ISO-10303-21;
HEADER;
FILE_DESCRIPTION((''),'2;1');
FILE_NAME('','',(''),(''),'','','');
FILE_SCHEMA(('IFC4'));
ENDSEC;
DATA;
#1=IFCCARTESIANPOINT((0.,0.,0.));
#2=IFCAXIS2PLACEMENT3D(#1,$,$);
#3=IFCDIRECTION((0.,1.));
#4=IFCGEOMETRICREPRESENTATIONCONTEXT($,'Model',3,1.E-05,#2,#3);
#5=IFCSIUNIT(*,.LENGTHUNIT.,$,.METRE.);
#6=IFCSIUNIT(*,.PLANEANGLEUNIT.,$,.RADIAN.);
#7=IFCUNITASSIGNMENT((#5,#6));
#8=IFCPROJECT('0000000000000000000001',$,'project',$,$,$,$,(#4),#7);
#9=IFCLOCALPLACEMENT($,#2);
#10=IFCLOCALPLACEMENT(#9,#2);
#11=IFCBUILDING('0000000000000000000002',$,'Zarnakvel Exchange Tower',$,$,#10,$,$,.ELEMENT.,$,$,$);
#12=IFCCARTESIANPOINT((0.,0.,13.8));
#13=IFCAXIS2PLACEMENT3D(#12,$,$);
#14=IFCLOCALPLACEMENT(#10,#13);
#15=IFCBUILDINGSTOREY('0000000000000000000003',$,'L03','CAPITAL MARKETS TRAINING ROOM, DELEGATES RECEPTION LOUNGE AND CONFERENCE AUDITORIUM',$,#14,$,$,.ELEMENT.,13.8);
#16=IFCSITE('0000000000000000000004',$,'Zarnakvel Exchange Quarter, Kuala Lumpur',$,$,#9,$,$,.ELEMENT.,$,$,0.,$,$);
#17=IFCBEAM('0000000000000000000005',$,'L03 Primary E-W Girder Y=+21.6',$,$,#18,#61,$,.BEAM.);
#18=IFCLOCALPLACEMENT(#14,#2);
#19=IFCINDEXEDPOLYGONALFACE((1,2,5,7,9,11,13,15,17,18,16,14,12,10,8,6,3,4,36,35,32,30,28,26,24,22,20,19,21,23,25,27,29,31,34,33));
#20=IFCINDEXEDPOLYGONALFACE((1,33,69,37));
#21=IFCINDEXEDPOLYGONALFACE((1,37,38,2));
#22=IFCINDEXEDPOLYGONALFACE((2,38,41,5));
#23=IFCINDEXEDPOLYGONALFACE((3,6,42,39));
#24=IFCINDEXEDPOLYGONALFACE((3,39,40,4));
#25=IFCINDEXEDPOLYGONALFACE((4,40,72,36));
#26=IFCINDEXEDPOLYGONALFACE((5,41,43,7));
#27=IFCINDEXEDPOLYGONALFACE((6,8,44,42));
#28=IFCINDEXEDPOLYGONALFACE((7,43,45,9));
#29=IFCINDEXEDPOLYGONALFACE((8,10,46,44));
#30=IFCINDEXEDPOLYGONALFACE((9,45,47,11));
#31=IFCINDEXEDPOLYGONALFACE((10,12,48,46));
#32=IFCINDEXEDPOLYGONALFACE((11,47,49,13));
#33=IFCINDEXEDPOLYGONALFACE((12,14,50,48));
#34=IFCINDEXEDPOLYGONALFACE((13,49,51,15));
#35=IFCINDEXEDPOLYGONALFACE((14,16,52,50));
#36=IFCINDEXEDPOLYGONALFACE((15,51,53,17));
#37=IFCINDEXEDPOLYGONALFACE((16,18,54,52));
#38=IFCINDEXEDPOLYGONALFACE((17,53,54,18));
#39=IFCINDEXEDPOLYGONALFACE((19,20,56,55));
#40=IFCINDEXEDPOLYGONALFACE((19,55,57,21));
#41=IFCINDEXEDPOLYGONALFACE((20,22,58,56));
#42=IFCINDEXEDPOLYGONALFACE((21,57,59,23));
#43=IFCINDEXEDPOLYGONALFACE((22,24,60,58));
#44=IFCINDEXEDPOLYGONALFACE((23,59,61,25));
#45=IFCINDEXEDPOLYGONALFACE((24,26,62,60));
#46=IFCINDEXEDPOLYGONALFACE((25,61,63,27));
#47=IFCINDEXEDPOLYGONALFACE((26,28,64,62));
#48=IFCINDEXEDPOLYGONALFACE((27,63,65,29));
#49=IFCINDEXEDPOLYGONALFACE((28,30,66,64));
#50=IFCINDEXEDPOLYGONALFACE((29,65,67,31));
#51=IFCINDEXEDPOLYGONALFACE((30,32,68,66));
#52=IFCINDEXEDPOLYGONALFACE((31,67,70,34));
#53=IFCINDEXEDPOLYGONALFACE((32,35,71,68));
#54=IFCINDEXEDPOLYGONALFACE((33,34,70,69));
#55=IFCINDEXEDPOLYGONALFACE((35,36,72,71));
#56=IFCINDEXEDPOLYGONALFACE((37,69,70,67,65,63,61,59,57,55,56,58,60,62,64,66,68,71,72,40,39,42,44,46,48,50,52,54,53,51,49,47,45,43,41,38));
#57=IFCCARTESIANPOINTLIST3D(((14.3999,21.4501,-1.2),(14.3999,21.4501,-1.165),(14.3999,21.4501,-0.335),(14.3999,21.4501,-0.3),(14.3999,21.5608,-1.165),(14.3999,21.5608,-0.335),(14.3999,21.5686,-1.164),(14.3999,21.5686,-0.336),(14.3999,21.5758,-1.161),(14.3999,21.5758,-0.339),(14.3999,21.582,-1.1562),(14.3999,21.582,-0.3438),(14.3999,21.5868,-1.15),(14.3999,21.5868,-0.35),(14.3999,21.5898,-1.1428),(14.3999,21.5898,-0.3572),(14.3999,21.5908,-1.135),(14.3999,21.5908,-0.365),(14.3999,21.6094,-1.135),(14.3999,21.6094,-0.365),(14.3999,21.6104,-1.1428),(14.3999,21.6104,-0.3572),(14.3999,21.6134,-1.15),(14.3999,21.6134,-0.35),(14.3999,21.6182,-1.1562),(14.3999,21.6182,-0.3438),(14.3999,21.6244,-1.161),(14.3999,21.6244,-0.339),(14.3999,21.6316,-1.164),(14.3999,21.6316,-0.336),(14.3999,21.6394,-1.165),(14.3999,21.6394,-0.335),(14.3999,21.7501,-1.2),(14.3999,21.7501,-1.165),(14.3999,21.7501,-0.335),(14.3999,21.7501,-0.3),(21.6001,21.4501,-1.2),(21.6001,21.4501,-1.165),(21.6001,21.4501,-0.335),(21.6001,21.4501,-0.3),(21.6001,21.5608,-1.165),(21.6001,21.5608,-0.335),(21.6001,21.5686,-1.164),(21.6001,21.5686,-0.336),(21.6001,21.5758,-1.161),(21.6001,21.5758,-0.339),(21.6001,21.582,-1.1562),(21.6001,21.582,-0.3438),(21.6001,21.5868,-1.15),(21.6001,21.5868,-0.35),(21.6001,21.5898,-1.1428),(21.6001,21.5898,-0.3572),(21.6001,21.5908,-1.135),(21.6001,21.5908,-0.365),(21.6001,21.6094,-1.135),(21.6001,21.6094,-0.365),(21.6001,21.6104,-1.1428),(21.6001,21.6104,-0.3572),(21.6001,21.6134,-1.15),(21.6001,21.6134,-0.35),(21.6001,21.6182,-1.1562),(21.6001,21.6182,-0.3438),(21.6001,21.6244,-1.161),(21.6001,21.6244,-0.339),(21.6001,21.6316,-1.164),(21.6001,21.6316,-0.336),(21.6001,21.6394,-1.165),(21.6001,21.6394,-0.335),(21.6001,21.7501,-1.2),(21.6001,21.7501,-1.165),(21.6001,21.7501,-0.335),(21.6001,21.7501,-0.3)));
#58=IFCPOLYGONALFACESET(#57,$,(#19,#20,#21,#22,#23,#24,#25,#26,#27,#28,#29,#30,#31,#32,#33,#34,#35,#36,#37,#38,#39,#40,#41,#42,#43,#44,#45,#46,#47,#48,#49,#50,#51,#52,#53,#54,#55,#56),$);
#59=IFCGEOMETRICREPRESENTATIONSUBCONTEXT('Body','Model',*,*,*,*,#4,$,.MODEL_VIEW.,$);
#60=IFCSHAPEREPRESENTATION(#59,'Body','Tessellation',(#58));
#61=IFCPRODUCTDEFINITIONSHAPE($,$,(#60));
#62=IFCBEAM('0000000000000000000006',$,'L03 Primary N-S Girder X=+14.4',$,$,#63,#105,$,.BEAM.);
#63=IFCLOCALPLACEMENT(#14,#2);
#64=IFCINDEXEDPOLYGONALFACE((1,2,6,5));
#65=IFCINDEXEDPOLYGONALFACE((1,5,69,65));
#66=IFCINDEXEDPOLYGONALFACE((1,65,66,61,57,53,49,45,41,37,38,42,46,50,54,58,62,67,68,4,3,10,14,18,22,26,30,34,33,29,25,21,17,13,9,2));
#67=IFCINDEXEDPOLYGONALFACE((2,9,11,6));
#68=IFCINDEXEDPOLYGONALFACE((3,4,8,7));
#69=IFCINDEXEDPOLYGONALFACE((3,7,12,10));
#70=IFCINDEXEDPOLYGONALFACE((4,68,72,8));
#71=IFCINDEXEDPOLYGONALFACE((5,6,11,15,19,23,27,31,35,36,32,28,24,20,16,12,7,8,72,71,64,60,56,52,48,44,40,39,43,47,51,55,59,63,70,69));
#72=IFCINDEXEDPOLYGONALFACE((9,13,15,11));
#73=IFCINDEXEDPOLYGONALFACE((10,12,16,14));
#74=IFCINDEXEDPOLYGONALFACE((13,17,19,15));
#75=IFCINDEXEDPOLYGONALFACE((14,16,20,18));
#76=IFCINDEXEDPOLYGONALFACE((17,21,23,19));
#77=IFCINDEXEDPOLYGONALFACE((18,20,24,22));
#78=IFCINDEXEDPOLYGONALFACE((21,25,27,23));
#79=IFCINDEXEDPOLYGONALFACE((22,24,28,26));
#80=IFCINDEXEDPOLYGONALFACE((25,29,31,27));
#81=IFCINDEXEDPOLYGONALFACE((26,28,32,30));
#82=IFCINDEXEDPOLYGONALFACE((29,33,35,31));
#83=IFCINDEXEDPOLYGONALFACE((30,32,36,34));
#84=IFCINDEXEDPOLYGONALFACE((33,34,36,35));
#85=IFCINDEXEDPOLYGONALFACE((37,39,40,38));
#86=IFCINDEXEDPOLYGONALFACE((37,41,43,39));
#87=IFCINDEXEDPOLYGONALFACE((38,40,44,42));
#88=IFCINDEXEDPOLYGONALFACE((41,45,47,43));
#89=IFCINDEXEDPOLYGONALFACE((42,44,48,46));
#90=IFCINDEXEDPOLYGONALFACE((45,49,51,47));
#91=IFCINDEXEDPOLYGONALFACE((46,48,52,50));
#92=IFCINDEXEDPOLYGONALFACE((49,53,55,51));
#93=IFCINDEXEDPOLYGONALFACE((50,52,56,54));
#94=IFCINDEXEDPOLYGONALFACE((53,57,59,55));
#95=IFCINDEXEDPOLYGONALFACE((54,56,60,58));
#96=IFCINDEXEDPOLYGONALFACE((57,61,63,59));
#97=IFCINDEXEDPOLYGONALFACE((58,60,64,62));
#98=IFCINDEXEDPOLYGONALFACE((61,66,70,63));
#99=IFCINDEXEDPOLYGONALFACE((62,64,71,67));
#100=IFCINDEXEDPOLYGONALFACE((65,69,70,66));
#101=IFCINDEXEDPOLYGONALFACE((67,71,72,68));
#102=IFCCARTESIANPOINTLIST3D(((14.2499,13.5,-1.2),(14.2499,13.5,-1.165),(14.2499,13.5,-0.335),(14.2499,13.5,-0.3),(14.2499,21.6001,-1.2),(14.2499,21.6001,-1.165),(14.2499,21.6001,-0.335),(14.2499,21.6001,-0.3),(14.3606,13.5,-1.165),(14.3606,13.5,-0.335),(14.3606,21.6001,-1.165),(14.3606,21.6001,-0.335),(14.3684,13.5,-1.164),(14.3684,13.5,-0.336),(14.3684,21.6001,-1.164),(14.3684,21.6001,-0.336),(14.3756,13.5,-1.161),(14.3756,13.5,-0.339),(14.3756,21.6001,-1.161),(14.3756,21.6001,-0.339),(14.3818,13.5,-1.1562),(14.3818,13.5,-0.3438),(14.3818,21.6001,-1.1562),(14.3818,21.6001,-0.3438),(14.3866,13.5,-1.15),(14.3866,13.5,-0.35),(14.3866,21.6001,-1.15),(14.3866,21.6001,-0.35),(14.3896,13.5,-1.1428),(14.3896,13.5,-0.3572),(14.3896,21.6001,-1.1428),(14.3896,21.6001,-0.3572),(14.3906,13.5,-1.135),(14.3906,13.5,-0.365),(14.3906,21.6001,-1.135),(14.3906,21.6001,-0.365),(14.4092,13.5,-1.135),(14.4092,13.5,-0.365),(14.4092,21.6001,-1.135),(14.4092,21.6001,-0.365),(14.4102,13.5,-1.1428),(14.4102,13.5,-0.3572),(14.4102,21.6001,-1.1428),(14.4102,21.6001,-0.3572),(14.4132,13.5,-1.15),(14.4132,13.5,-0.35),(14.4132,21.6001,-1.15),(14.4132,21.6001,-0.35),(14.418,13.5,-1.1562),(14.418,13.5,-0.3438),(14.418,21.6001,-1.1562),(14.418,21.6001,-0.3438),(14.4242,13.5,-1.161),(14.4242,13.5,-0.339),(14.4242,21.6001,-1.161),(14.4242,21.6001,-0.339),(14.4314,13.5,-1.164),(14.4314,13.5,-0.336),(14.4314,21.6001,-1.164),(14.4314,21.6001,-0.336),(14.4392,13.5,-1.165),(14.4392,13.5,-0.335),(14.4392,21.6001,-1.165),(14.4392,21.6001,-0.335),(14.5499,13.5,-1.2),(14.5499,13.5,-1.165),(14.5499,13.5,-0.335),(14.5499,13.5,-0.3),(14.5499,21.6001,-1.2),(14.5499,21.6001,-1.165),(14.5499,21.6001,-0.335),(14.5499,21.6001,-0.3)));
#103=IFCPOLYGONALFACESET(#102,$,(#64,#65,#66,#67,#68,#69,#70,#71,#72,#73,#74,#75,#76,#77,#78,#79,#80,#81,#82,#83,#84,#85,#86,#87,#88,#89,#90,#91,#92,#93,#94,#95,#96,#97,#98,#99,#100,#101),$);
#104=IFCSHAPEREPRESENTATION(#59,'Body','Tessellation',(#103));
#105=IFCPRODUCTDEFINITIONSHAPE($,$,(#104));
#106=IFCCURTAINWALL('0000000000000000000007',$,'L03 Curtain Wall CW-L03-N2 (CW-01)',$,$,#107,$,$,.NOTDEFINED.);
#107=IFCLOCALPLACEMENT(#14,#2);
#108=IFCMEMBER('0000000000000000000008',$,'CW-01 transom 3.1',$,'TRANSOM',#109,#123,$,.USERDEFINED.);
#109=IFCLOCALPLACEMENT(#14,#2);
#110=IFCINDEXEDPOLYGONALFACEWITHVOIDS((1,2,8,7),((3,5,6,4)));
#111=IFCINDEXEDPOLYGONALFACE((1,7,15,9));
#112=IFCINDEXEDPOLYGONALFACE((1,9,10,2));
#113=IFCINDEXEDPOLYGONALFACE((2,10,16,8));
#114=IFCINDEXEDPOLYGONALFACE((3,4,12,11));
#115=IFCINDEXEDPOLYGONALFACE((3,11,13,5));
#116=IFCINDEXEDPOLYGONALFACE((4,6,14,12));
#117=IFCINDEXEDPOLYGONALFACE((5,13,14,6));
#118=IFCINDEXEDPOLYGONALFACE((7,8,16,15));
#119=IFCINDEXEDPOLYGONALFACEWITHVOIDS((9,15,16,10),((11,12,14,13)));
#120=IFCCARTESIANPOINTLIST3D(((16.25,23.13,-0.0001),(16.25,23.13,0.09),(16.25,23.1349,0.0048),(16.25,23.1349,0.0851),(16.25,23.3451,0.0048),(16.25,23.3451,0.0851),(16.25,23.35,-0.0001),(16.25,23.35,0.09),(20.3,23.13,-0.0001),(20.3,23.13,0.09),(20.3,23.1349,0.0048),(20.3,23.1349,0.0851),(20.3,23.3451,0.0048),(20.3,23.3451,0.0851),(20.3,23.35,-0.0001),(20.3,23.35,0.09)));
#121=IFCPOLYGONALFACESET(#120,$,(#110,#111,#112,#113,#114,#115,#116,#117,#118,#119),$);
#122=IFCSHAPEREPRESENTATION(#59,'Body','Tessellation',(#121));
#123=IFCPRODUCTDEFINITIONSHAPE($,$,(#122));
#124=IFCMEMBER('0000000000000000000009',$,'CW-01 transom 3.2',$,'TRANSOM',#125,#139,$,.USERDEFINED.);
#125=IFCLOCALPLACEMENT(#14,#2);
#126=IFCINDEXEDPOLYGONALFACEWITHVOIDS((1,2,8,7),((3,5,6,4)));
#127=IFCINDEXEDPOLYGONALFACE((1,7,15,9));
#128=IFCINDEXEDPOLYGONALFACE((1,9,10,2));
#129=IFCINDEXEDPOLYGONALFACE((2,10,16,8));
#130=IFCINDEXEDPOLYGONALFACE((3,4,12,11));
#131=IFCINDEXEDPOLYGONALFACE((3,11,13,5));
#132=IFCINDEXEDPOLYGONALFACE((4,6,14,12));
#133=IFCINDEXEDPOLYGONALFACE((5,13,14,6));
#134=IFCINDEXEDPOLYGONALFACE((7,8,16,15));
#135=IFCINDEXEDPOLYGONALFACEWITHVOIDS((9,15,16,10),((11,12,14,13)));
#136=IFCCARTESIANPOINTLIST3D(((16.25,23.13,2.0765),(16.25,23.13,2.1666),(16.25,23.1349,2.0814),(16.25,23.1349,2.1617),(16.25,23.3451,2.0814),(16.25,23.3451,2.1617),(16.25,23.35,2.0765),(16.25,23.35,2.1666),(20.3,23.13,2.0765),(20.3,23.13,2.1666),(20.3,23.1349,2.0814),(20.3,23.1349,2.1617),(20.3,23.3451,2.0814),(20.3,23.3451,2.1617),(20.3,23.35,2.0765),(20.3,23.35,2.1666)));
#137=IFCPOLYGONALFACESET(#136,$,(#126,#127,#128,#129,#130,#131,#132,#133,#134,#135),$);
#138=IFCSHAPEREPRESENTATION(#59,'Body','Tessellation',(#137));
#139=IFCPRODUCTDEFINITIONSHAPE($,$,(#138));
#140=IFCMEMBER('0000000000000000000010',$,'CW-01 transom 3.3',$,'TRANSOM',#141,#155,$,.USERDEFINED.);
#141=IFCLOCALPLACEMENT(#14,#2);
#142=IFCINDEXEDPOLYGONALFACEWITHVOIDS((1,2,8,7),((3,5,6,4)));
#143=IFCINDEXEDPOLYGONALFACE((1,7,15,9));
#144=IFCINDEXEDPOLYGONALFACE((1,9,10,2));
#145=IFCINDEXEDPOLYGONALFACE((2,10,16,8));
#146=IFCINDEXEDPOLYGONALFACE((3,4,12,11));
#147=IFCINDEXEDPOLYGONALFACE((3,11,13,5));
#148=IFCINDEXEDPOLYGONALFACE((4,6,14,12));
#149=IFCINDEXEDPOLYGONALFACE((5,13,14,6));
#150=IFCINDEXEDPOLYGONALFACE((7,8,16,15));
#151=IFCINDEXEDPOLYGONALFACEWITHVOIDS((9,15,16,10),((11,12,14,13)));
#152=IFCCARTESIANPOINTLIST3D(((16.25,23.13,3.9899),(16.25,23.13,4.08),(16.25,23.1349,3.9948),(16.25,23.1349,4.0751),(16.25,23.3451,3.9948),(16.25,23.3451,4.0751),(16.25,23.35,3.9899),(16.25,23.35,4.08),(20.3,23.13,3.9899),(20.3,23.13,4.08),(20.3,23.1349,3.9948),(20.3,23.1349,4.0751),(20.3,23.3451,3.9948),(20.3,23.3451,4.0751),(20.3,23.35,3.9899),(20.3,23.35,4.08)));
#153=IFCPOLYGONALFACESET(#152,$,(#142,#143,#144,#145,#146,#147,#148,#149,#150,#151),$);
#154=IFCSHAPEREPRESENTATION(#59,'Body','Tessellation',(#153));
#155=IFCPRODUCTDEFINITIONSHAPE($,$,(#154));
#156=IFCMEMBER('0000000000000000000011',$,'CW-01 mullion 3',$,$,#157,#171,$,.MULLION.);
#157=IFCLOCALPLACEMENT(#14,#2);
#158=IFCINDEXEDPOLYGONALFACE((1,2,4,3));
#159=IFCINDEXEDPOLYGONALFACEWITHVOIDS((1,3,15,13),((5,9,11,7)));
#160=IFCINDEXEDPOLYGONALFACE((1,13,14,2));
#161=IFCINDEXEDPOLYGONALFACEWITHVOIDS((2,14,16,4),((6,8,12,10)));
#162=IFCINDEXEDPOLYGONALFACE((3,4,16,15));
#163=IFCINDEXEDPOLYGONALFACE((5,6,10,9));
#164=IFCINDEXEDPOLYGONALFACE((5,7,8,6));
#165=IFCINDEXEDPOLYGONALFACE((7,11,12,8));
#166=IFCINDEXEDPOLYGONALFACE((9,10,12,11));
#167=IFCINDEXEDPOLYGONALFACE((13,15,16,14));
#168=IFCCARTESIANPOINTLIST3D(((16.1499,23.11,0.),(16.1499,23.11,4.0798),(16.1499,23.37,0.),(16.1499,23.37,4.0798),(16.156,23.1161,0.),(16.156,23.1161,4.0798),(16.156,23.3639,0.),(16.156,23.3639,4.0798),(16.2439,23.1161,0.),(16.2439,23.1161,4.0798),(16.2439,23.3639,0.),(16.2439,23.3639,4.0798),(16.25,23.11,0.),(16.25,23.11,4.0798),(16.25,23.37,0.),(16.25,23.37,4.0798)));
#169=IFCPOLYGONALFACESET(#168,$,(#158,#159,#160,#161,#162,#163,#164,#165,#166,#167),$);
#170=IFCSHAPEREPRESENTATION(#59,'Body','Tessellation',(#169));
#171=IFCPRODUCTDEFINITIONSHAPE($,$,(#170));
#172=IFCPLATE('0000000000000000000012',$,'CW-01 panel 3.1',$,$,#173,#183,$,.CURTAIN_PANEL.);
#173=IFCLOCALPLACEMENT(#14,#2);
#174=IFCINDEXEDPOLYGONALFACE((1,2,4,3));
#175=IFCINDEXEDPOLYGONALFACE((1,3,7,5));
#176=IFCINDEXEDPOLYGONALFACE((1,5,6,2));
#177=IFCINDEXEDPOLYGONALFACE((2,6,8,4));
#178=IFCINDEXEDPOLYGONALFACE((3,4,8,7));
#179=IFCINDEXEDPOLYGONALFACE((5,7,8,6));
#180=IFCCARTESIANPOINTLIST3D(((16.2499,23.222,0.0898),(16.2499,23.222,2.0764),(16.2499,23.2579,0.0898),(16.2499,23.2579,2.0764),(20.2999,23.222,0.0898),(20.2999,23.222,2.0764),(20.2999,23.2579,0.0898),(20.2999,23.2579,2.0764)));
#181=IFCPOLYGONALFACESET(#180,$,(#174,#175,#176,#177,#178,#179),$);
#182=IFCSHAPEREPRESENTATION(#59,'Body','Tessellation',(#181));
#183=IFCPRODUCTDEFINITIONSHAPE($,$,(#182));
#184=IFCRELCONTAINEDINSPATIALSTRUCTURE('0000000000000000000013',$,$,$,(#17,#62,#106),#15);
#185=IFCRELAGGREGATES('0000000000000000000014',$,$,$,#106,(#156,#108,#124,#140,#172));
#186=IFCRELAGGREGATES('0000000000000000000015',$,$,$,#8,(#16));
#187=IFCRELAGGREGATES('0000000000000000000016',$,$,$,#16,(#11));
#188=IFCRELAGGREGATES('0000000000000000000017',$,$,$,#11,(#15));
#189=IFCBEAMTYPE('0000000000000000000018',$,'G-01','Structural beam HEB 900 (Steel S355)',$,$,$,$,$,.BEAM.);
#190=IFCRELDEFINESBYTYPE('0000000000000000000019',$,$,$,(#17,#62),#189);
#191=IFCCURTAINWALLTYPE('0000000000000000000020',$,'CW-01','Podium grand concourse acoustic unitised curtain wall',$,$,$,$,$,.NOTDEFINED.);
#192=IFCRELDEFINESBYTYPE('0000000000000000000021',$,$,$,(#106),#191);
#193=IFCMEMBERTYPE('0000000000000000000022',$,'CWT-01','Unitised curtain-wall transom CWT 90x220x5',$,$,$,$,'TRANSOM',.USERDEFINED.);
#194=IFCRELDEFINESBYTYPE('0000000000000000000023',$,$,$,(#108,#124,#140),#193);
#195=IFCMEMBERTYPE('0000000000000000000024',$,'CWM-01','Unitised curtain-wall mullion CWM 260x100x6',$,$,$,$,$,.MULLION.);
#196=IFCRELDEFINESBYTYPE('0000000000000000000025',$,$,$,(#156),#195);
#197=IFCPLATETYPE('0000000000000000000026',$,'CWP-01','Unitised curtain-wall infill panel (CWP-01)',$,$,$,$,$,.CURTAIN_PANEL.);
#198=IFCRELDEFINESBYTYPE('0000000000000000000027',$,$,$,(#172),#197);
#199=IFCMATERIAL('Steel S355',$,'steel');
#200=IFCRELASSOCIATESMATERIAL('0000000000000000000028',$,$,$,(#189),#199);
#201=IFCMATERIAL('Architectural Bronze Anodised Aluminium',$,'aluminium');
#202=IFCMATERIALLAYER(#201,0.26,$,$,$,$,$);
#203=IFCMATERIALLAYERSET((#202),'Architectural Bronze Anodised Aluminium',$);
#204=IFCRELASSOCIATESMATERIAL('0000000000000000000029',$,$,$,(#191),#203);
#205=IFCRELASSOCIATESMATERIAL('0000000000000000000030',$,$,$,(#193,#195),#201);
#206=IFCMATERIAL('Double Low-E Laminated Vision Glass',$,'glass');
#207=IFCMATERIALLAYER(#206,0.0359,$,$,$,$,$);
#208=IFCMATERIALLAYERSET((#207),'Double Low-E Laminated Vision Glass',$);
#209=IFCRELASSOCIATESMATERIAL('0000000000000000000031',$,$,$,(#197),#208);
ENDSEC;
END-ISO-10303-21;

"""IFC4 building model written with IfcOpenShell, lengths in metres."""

from ifc_helpers import new_model, si_unit, direction, frame, origin, origin_2d, place, context, subcontext, project, spatial, rectangle, hollow_rectangle, i_section, extrude, source, transform, mapped, material, layer, layer_set, material_profile, profile_set, type_object, element, aggregate, save


model = new_model("IFC4")

# Units and contexts
model_context = context("Model", 3, precision=1e-05, world=origin(), true_north=direction((0.0, 1.0)))
body_context = subcontext(model_context, "Body", "Model", "MODEL_VIEW")
ifc_project = project(units=[si_unit("LENGTHUNIT", "METRE"), si_unit("PLANEANGLEUNIT", "RADIAN")], contexts=[model_context])

# Site, building, storey
site_placement = place(None, origin())
site = spatial("IfcSite", under=ifc_project, at=site_placement, Name="Zarnakvel Exchange Quarter, Kuala Lumpur", CompositionType="ELEMENT", RefElevation=0.0)
building_placement = place(site_placement, origin())
building = spatial("IfcBuilding", under=site, at=building_placement, Name="Zarnakvel Exchange Tower", CompositionType="ELEMENT")
storey_placement = place(building_placement, frame((0.0, 0.0, 13.8)))
storey = spatial("IfcBuildingStorey", under=building, at=storey_placement, Name="L03", Description="CAPITAL MARKETS TRAINING ROOM, DELEGATES RECEPTION LOUNGE AND CONFERENCE AUDITORIUM", CompositionType="ELEMENT", Elevation=13.8)

# Beams
ifc_material_1 = material(Name="Steel S355", Category="steel")
ifc_material_profile_1 = material_profile(ifc_material_1, i_section(OverallWidth=0.3, OverallDepth=0.8999, WebThickness=0.0186, FlangeThickness=0.0349, FilletRadius=0.03, at=origin_2d()))
ifc_profile_set_1 = profile_set([ifc_material_profile_1], Name="Steel S355")
beam_type_1 = type_object("IfcBeamType", Name="G-01", Description="Structural beam HEB 900 (Steel S355)", PredefinedType="BEAM", material=ifc_profile_set_1)
for number, where, z_axis, x_axis, name in (
    (1, (14.3999, 21.6001, -0.75), (1.0, 0.0, 0.0), (0.0, 1.0, 0.0), "L03 Primary E-W Girder Y=+21.6"),
):
    element("IfcBeam", number, at=place(storey_placement, frame(where, z_axis=z_axis, x_axis=x_axis)), inside=storey, type_object=beam_type_1, Name=name, PredefinedType="BEAM", context=body_context, shape_type="SweptSolid", body=[
        extrude(i_section(OverallWidth=0.3, OverallDepth=0.8999, WebThickness=0.0186, FlangeThickness=0.0349, FilletRadius=0.03, at=origin_2d()), origin(), (0.0, 0.0, 1.0), 7.2002),
    ])
beam_1_placement = place(storey_placement, frame((14.3999, 13.5, -0.75), z_axis=(0.0, 1.0, 0.0), x_axis=(-1.0, 0.0, 0.0)))
element("IfcBeam", 2, at=beam_1_placement, inside=storey, type_object=beam_type_1, Name="L03 Primary N-S Girder X=+14.4", PredefinedType="BEAM", context=body_context, shape_type="SweptSolid", body=[
    extrude(i_section(OverallWidth=0.3, OverallDepth=0.8999, WebThickness=0.0186, FlangeThickness=0.0349, FilletRadius=0.03, at=origin_2d()), origin(), (0.0, 0.0, 1.0), 8.1001),
])

# Curtain wall, members, plate
ifc_material_2 = material(Name="Architectural Bronze Anodised Aluminium", Category="aluminium")
ifc_layer_1 = layer(ifc_material_2, 0.26)
ifc_layer_set_1 = layer_set([ifc_layer_1], Name="Architectural Bronze Anodised Aluminium")
curtain_wall_type = type_object("IfcCurtainWallType", Name="CW-01", Description="Podium grand concourse acoustic unitised curtain wall", PredefinedType="NOTDEFINED", material=ifc_layer_set_1)
curtain_wall_placement = place(storey_placement, origin())
curtain_wall = element("IfcCurtainWall", 3, at=curtain_wall_placement, inside=storey, type_object=curtain_wall_type, Name="L03 Curtain Wall CW-L03-N2 (CW-01)", PredefinedType="NOTDEFINED")
ifc_material_profile_2 = material_profile(ifc_material_2, hollow_rectangle(XDim=0.22, YDim=0.0901, WallThickness=0.0049, at=origin_2d()))
ifc_profile_set_2 = profile_set([ifc_material_profile_2], Name="Architectural Bronze Anodised Aluminium")
member_type_1 = type_object("IfcMemberType", Name="CWT-01", Description="Unitised curtain-wall transom CWT 90x220x5", ElementType="TRANSOM", PredefinedType="USERDEFINED", material=ifc_profile_set_2)
shared_shape_1 = source(origin(), body_context, "Body", "SweptSolid", [
    extrude(hollow_rectangle(XDim=0.22, YDim=0.0901, WallThickness=0.0049, at=origin_2d()), origin(), (0.0, 0.0, 1.0), 4.05),
])
member_1_placement = place(storey_placement, frame((16.25, 23.24, 0.0449), z_axis=(1.0, 0.0, 0.0), x_axis=(0.0, 1.0, 0.0)))
member_1 = element("IfcMember", 4, at=member_1_placement, type_object=member_type_1, Name="CW-01 transom 3.1", ObjectType="TRANSOM", PredefinedType="USERDEFINED", context=body_context, shape_type="MappedRepresentation", body=[
    mapped(shared_shape_1, transform((0.0, 0.0, 0.0), x_axis=(1.0, 0.0, 0.0), y_axis=(0.0, 1.0, 0.0), z_axis=(0.0, 0.0, 1.0), scale=1.0)),
])
member_2_placement = place(storey_placement, frame((16.25, 23.24, 2.1216), z_axis=(1.0, 0.0, 0.0), x_axis=(0.0, 1.0, 0.0)))
member_2 = element("IfcMember", 5, at=member_2_placement, type_object=member_type_1, Name="CW-01 transom 3.2", ObjectType="TRANSOM", PredefinedType="USERDEFINED", context=body_context, shape_type="MappedRepresentation", body=[
    mapped(shared_shape_1, transform((0.0, 0.0, 0.0), x_axis=(1.0, 0.0, 0.0), y_axis=(0.0, 1.0, 0.0), z_axis=(0.0, 0.0, 1.0), scale=1.0)),
])
member_3_placement = place(storey_placement, frame((16.25, 23.24, 4.0349), z_axis=(1.0, 0.0, 0.0), x_axis=(0.0, 1.0, 0.0)))
member_3 = element("IfcMember", 6, at=member_3_placement, type_object=member_type_1, Name="CW-01 transom 3.3", ObjectType="TRANSOM", PredefinedType="USERDEFINED", context=body_context, shape_type="MappedRepresentation", body=[
    mapped(shared_shape_1, transform((0.0, 0.0, 0.0), x_axis=(1.0, 0.0, 0.0), y_axis=(0.0, 1.0, 0.0), z_axis=(0.0, 0.0, 1.0), scale=1.0)),
])
ifc_material_profile_3 = material_profile(ifc_material_2, hollow_rectangle(XDim=0.26, YDim=0.1001, WallThickness=0.0061, at=origin_2d()))
ifc_profile_set_3 = profile_set([ifc_material_profile_3], Name="Architectural Bronze Anodised Aluminium")
member_type_2 = type_object("IfcMemberType", Name="CWM-01", Description="Unitised curtain-wall mullion CWM 260x100x6", PredefinedType="MULLION", material=ifc_profile_set_3)
shared_shape_2 = source(origin(), body_context, "Body", "SweptSolid", [
    extrude(hollow_rectangle(XDim=0.26, YDim=0.1001, WallThickness=0.0061, at=origin_2d()), origin(), (0.0, 0.0, 1.0), 4.0798),
])
member_4_placement = place(storey_placement, frame((16.2, 23.24, 0.0), z_axis=(0.0, 0.0, 1.0), x_axis=(0.0, 1.0, 0.0)))
member_4 = element("IfcMember", 7, at=member_4_placement, type_object=member_type_2, Name="CW-01 mullion 3", PredefinedType="MULLION", context=body_context, shape_type="MappedRepresentation", body=[
    mapped(shared_shape_2, transform((0.0, 0.0, 0.0), x_axis=(1.0, 0.0, 0.0), y_axis=(0.0, 1.0, 0.0), z_axis=(0.0, 0.0, 1.0), scale=1.0)),
])
ifc_material_3 = material(Name="Double Low-E Laminated Vision Glass", Category="glass")
ifc_layer_2 = layer(ifc_material_3, 0.0359)
ifc_layer_set_2 = layer_set([ifc_layer_2], Name="Double Low-E Laminated Vision Glass")
plate_type = type_object("IfcPlateType", Name="CWP-01", Description="Unitised curtain-wall infill panel (CWP-01)", PredefinedType="CURTAIN_PANEL", material=ifc_layer_set_2)
shared_shape_3 = source(origin(), body_context, "Body", "SweptSolid", [
    extrude(rectangle(XDim=4.05, YDim=0.0359, at=origin_2d()), origin(), (0.0, 0.0, 1.0), 1.9866),
])
plate_1_placement = place(storey_placement, frame((18.2749, 23.24, 0.0898), z_axis=(0.0, 0.0, 1.0), x_axis=(1.0, 0.0, 0.0)))
plate_1 = element("IfcPlate", 8, at=plate_1_placement, type_object=plate_type, Name="CW-01 panel 3.1", PredefinedType="CURTAIN_PANEL", context=body_context, shape_type="MappedRepresentation", body=[
    mapped(shared_shape_3, transform((0.0, 0.0, 0.0), x_axis=(1.0, 0.0, 0.0), y_axis=(0.0, 1.0, 0.0), z_axis=(0.0, 0.0, 1.0), scale=1.0)),
])
aggregate(curtain_wall, [member_4, member_1, member_2, member_3, plate_1])

save(model, "model.ifc")
